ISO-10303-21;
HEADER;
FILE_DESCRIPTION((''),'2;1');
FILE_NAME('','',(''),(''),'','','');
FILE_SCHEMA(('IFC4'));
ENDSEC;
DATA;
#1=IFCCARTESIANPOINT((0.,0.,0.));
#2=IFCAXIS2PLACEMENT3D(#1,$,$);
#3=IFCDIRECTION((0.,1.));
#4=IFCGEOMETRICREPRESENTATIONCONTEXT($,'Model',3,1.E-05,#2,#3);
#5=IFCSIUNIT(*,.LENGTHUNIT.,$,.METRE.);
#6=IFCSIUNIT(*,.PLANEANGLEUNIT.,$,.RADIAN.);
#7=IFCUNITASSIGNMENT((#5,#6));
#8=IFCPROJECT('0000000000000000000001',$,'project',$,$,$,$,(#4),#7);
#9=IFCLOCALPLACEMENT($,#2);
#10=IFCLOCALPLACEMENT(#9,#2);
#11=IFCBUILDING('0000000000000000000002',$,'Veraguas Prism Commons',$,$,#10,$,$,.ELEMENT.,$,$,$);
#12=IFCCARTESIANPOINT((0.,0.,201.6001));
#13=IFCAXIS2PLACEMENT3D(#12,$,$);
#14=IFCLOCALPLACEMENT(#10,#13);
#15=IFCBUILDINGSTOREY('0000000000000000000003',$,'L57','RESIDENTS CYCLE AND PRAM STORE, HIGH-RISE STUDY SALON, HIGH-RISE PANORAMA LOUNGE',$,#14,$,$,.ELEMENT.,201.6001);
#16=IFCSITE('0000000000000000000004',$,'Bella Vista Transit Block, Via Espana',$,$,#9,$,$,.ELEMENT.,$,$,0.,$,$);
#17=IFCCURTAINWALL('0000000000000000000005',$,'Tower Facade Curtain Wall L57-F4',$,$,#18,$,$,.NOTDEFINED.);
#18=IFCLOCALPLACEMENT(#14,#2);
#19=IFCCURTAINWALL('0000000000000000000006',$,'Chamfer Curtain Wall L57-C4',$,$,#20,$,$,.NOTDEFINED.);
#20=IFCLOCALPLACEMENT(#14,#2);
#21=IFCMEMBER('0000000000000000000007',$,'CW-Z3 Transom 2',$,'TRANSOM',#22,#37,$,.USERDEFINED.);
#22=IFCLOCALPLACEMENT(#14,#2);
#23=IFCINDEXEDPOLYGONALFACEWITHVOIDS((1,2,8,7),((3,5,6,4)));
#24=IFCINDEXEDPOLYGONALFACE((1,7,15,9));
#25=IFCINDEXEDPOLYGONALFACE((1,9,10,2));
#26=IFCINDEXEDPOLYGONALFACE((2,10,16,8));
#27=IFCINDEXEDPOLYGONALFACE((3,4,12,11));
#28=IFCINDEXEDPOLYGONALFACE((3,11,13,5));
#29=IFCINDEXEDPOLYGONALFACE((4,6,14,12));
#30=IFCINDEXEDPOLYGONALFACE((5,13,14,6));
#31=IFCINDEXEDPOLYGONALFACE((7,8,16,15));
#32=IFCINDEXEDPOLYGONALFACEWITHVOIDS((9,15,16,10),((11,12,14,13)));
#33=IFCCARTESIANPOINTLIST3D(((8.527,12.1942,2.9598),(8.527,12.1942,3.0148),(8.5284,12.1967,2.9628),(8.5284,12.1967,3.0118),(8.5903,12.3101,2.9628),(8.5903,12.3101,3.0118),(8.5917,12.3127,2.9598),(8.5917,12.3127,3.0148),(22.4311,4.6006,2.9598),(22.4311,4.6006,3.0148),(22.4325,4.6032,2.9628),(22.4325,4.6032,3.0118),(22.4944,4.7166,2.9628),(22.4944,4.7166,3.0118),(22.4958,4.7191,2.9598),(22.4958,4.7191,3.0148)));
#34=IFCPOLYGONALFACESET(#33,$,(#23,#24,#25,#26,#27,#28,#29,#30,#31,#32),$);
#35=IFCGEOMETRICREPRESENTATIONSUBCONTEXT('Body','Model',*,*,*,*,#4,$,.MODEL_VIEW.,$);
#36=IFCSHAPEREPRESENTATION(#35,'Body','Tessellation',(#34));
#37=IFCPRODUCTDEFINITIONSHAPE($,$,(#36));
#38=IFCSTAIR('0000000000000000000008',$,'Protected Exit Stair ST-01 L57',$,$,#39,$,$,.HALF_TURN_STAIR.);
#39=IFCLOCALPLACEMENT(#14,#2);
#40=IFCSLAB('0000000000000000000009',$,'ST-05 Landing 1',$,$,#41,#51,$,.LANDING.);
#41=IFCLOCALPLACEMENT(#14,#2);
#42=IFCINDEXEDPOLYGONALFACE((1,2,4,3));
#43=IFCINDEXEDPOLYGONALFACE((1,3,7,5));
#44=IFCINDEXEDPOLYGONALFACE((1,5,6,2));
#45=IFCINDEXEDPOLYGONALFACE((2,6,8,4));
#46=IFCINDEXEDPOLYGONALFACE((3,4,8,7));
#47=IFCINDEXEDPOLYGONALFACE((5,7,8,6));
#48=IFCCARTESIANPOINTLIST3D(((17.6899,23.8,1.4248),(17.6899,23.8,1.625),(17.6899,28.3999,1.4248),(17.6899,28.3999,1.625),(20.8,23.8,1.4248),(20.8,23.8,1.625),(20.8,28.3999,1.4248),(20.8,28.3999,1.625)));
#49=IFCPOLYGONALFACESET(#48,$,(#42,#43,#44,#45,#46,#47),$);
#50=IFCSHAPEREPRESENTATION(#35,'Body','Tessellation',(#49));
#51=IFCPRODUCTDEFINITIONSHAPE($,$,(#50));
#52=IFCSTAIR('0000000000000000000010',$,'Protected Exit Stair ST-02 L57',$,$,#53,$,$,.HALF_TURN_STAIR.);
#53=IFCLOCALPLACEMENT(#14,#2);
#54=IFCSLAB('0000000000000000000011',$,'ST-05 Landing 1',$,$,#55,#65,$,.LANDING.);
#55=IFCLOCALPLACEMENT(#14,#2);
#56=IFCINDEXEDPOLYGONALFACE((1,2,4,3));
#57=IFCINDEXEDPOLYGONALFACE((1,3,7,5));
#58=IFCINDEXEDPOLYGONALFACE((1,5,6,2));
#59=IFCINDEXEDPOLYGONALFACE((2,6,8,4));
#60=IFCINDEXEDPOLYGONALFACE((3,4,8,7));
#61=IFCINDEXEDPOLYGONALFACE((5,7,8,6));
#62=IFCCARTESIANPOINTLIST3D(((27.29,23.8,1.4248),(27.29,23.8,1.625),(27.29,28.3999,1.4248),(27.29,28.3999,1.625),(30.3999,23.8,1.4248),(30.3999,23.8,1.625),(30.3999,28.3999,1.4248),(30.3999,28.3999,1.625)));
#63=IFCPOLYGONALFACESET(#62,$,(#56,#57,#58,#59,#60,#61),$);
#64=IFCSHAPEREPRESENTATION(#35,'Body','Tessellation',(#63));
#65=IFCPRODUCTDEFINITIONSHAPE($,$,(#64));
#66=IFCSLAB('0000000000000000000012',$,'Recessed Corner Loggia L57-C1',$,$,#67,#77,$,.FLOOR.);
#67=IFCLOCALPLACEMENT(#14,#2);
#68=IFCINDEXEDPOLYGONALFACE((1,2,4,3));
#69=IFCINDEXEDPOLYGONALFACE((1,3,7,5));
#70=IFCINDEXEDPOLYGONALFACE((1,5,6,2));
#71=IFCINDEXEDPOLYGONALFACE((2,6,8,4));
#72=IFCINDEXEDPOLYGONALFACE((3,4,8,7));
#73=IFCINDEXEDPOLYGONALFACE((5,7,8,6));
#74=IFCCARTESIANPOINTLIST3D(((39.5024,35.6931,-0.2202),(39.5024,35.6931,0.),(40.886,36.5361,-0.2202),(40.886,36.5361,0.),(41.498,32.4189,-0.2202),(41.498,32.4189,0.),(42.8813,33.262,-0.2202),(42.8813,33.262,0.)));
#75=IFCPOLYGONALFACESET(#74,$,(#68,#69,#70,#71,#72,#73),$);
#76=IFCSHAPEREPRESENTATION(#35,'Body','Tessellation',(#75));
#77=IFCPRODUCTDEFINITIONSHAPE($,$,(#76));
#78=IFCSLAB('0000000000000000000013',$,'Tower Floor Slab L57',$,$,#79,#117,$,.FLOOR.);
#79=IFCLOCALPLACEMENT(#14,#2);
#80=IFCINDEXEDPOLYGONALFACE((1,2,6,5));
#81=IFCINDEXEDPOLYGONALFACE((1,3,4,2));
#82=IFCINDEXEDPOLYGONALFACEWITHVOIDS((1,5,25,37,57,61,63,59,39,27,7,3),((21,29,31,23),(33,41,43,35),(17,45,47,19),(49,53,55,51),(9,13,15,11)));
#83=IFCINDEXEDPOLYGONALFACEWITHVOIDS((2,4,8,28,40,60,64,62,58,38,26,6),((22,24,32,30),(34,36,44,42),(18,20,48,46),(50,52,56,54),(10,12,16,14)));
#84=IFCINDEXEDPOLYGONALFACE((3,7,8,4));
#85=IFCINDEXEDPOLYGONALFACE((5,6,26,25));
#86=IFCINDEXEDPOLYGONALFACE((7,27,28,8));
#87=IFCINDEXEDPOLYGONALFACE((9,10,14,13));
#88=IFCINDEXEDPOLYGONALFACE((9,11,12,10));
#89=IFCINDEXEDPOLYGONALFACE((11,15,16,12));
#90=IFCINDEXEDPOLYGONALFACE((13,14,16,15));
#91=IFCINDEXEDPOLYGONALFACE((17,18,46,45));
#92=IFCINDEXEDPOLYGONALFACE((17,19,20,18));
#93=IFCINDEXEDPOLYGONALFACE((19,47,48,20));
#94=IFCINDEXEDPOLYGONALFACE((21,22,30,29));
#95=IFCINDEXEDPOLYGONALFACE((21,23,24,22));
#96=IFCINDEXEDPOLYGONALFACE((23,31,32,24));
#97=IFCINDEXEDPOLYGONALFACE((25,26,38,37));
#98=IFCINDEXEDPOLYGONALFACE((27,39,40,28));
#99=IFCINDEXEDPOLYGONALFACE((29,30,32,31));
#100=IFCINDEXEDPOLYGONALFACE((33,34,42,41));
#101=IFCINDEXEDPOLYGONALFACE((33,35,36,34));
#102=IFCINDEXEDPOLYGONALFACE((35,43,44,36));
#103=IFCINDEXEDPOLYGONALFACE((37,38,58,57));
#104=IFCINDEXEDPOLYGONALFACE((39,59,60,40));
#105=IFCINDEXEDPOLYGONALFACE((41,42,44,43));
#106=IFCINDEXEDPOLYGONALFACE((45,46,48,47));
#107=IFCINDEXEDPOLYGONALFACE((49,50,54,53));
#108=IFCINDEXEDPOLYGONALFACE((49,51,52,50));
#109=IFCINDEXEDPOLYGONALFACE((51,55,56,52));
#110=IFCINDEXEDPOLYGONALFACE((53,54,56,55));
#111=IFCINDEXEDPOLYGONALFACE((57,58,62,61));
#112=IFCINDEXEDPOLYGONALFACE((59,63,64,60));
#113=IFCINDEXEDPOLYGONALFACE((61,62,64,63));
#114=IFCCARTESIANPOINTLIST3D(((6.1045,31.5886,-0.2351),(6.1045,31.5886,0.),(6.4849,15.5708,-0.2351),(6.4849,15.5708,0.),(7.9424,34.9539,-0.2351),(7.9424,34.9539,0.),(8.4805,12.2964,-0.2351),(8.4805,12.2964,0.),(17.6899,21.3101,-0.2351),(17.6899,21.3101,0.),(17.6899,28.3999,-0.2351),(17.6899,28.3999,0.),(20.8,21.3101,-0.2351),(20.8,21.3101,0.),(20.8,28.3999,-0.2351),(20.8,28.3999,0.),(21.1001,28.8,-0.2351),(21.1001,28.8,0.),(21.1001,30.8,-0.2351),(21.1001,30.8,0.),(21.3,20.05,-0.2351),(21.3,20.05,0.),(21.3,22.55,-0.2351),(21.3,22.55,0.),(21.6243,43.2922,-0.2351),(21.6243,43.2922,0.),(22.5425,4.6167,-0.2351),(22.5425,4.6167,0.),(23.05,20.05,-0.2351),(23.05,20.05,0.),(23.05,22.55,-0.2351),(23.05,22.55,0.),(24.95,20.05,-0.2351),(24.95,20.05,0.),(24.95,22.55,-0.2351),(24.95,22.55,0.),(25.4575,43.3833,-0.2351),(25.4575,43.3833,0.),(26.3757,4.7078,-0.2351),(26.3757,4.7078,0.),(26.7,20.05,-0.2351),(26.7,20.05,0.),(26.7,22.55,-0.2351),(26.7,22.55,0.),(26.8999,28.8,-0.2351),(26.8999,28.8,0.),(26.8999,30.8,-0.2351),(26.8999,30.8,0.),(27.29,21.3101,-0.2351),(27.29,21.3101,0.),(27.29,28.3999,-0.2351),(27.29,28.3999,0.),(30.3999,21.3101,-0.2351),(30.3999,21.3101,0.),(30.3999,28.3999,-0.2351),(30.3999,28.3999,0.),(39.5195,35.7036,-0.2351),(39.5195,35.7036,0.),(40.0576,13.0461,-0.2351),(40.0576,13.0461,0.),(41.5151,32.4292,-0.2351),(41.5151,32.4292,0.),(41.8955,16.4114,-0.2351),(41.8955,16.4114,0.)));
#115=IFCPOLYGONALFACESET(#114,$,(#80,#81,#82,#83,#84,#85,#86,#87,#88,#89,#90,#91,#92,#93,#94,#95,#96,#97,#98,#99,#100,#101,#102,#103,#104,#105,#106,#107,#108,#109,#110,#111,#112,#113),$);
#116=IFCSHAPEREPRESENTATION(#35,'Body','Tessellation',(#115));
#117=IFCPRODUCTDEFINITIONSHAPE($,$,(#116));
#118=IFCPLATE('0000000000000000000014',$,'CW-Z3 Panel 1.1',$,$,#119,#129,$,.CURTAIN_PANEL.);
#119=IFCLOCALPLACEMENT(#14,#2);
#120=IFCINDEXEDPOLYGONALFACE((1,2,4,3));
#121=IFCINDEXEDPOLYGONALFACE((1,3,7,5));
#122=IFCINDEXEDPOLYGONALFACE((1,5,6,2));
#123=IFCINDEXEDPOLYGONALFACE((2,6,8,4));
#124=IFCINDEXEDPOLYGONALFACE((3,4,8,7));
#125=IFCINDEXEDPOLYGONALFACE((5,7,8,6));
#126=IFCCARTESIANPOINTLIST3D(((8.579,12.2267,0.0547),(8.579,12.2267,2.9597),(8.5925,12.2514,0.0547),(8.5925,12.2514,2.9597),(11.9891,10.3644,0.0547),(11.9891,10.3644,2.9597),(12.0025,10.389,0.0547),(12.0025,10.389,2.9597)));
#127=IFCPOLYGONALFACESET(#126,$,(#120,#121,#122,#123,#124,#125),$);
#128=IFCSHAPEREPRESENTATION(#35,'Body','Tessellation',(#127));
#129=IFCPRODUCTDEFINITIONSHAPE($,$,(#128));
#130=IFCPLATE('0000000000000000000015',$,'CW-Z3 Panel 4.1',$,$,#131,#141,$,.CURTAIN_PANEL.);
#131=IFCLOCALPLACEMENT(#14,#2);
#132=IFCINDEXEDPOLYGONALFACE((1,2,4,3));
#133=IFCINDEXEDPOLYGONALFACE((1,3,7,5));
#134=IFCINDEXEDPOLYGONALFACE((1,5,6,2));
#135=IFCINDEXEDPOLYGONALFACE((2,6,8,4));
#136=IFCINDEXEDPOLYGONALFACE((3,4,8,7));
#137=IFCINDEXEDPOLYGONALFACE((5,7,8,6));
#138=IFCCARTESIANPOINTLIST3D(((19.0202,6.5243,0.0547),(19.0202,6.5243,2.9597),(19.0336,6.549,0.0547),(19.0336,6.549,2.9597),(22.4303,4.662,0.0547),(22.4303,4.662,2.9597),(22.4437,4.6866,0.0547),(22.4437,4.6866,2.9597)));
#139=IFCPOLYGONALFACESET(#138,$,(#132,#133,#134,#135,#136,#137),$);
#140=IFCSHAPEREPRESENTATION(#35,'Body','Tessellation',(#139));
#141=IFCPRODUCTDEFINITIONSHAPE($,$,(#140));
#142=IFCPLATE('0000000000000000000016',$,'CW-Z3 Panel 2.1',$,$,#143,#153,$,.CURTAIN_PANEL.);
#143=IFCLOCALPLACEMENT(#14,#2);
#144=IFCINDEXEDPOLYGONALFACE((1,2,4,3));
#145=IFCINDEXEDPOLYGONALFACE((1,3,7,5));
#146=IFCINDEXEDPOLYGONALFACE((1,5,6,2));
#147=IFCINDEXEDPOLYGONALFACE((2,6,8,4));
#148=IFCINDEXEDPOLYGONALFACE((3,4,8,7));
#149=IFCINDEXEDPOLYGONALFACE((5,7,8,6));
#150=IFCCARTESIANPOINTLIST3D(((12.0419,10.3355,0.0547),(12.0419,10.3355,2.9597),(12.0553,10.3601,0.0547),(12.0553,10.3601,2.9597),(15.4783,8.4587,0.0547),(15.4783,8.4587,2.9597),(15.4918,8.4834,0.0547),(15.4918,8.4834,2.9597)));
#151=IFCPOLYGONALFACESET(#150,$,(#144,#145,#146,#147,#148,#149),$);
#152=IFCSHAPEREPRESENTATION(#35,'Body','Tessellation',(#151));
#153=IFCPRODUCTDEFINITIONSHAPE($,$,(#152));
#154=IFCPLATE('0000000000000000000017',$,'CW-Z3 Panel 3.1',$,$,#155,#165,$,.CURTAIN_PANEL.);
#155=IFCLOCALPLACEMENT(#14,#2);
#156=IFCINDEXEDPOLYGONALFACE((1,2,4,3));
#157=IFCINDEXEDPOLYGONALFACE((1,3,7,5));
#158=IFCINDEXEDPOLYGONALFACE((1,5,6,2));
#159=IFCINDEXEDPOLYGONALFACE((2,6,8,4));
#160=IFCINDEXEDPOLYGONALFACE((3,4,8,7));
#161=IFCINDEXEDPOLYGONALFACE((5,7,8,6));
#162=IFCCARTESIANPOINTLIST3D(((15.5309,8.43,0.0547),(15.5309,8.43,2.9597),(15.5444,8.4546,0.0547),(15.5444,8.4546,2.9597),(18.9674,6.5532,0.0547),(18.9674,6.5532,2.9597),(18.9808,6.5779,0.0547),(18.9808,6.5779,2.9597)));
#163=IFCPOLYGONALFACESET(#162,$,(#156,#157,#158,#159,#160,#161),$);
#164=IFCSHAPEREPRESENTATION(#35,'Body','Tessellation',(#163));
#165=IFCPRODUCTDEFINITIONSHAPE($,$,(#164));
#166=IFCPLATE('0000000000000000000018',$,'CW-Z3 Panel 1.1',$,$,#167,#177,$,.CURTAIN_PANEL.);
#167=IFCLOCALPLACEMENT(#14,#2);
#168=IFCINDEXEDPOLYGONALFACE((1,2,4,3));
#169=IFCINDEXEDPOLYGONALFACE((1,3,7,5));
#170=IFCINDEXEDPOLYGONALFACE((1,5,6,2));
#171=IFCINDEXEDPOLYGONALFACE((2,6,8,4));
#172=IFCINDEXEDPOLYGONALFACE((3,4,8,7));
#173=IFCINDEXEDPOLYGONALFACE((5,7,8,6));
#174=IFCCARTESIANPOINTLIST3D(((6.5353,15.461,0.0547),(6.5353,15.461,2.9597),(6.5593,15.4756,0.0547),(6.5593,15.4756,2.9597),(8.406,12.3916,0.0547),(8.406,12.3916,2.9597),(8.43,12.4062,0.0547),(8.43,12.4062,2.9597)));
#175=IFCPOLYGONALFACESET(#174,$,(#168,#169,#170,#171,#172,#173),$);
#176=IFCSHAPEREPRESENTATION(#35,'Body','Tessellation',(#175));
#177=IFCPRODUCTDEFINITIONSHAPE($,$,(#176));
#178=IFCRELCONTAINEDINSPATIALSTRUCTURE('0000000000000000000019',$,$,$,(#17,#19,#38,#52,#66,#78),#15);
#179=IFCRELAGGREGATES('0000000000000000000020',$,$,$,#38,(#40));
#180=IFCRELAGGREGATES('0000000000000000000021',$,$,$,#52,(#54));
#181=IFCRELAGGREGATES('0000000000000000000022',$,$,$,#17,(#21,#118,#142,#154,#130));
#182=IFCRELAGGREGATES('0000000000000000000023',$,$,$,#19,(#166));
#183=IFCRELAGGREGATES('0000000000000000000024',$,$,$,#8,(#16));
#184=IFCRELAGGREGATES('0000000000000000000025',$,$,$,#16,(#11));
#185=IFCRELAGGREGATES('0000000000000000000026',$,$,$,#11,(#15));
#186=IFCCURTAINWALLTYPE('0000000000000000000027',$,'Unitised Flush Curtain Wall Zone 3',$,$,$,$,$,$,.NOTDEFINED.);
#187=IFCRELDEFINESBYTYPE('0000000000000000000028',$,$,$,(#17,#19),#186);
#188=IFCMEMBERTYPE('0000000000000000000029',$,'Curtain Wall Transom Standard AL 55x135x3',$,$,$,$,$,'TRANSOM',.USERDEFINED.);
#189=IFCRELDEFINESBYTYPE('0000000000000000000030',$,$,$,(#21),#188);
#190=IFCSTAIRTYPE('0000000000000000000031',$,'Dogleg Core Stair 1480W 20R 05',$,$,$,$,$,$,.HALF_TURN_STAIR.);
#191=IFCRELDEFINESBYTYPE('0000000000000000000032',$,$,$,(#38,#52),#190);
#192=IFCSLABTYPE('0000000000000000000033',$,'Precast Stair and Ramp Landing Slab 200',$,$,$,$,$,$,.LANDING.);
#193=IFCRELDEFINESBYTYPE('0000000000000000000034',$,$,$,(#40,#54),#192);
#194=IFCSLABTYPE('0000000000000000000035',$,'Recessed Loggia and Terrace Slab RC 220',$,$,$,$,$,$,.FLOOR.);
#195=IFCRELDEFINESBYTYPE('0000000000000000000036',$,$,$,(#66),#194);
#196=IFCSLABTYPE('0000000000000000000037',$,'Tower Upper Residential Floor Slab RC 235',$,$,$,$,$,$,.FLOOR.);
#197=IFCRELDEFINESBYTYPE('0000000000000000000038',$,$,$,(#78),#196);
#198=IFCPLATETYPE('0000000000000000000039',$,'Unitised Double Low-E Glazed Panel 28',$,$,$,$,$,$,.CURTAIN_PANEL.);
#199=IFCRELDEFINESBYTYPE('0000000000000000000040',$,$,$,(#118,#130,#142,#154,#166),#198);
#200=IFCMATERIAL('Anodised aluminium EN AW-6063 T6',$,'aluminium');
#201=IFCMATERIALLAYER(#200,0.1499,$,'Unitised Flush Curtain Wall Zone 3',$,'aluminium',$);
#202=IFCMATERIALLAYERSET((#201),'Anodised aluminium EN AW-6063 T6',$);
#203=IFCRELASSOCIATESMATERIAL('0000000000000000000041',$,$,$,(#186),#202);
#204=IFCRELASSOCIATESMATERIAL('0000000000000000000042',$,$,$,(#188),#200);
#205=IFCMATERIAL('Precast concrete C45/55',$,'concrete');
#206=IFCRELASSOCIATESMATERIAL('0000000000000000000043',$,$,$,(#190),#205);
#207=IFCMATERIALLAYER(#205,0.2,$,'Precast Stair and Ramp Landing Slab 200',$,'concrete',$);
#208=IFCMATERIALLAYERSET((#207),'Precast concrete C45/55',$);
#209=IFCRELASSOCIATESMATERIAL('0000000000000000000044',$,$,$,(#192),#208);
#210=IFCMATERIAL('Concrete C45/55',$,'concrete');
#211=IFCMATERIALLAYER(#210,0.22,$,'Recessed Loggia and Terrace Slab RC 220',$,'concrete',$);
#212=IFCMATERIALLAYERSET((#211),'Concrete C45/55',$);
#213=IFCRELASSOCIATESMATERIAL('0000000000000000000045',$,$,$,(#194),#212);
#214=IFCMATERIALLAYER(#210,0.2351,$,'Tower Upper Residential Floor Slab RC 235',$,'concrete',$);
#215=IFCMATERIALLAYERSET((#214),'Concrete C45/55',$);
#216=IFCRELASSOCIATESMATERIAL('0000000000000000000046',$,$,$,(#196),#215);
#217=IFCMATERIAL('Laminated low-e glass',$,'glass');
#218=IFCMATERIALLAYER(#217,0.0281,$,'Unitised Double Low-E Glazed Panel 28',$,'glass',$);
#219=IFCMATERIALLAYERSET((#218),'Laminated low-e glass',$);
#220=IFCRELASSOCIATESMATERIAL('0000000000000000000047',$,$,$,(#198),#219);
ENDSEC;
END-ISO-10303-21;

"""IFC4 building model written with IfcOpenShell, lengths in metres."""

from ifc_helpers import new_model, si_unit, direction, frame, origin, origin_2d, place, context, subcontext, project, spatial, polyline, rectangle, hollow_rectangle, outline, extrude, source, transform, mapped, material, layer, layer_set, material_profile, profile_set, type_object, element, aggregate, save


model = new_model("IFC4")

# Units and contexts
model_context = context("Model", 3, precision=1e-05, world=origin(), true_north=direction((0.0, 1.0)))
body_context = subcontext(model_context, "Body", "Model", "MODEL_VIEW")
ifc_project = project(units=[si_unit("LENGTHUNIT", "METRE"), si_unit("PLANEANGLEUNIT", "RADIAN")], contexts=[model_context])

# Site, building, storey
site_placement = place(None, origin())
site = spatial("IfcSite", under=ifc_project, at=site_placement, Name="Bella Vista Transit Block, Via Espana", CompositionType="ELEMENT", RefElevation=0.0)
building_placement = place(site_placement, origin())
building = spatial("IfcBuilding", under=site, at=building_placement, Name="Veraguas Prism Commons", CompositionType="ELEMENT")
storey_placement = place(building_placement, frame((0.0, 0.0, 201.6001)))
storey = spatial("IfcBuildingStorey", under=building, at=storey_placement, Name="L57", Description="RESIDENTS CYCLE AND PRAM STORE, HIGH-RISE STUDY SALON, HIGH-RISE PANORAMA LOUNGE", CompositionType="ELEMENT", Elevation=201.6001)

# Curtain wall
ifc_material_1 = material(Name="Anodised aluminium EN AW-6063 T6", Category="aluminium")
ifc_layer_1 = layer(ifc_material_1, 0.1499, Name="Unitised Flush Curtain Wall Zone 3", Category="aluminium")
ifc_layer_set_1 = layer_set([ifc_layer_1], Name="Anodised aluminium EN AW-6063 T6")
curtain_wall_type = type_object("IfcCurtainWallType", Name="Unitised Flush Curtain Wall Zone 3", PredefinedType="NOTDEFINED", material=ifc_layer_set_1)
curtain_wall_1_placement = place(storey_placement, origin())
curtain_wall_1 = element("IfcCurtainWall", 1, at=curtain_wall_1_placement, inside=storey, type_object=curtain_wall_type, Name="Tower Facade Curtain Wall L57-F4", PredefinedType="NOTDEFINED")

# Curtain wall
curtain_wall_2_placement = place(storey_placement, origin())
curtain_wall_2 = element("IfcCurtainWall", 2, at=curtain_wall_2_placement, inside=storey, type_object=curtain_wall_type, Name="Chamfer Curtain Wall L57-C4", PredefinedType="NOTDEFINED")

# Member
ifc_material_profile_1 = material_profile(ifc_material_1, hollow_rectangle(XDim=0.0549, YDim=0.135, WallThickness=0.0029, at=origin_2d()), Name="AL55X135X3")
ifc_profile_set_1 = profile_set([ifc_material_profile_1], Name="Anodised aluminium EN AW-6063 T6")
member_type_1 = type_object("IfcMemberType", Name="Curtain Wall Transom Standard AL 55x135x3", ElementType="TRANSOM", PredefinedType="USERDEFINED", material=ifc_profile_set_1)
shared_shape_1 = source(origin(), body_context, "Body", "SweptSolid", [
    extrude(hollow_rectangle(XDim=0.0549, YDim=0.135, WallThickness=0.0029, at=origin_2d()), origin(), (0.0, 0.0, 1.0), 15.8425),
])
member_1_placement = place(storey_placement, frame((8.5593, 12.2534, 2.9873), z_axis=(0.877644, -0.479313, 0.0), x_axis=(0.0, 0.0, 1.0)))
member_1 = element("IfcMember", 3, at=member_1_placement, type_object=member_type_1, Name="CW-Z3 Transom 2", ObjectType="TRANSOM", PredefinedType="USERDEFINED", context=body_context, shape_type="MappedRepresentation", body=[
    mapped(shared_shape_1, transform((0.0, 0.0, 0.0), scale=1.0)),
])

# Stairs, slabs
ifc_material_2 = material(Name="Precast concrete C45/55", Category="concrete")
stair_type = type_object("IfcStairType", Name="Dogleg Core Stair 1480W 20R 05", PredefinedType="HALF_TURN_STAIR", material=ifc_material_2)
stair_1_placement = place(storey_placement, origin())
stair_1 = element("IfcStair", 4, at=stair_1_placement, inside=storey, type_object=stair_type, Name="Protected Exit Stair ST-01 L57", PredefinedType="HALF_TURN_STAIR")
ifc_layer_2 = layer(ifc_material_2, 0.2, Name="Precast Stair and Ramp Landing Slab 200", Category="concrete")
ifc_layer_set_2 = layer_set([ifc_layer_2], Name="Precast concrete C45/55")
slab_type_1 = type_object("IfcSlabType", Name="Precast Stair and Ramp Landing Slab 200", PredefinedType="LANDING", material=ifc_layer_set_2)
slab_1_placement = place(storey_placement, frame((0.0, 0.0, 1.4248)))
slab_1 = element("IfcSlab", 5, at=slab_1_placement, type_object=slab_type_1, Name="ST-05 Landing 1", PredefinedType="LANDING", context=body_context, shape_type="SweptSolid", body=[
    extrude(outline(polyline([(20.8, 23.8), (20.8, 28.3999), (17.6899, 28.3999), (17.6899, 23.8), (20.8, 23.8)])), origin(), (0.0, 0.0, 1.0), 0.2002),
])
aggregate(stair_1, [slab_1])
stair_2_placement = place(storey_placement, origin())
stair_2 = element("IfcStair", 6, at=stair_2_placement, inside=storey, type_object=stair_type, Name="Protected Exit Stair ST-02 L57", PredefinedType="HALF_TURN_STAIR")
slab_2_placement = place(storey_placement, frame((0.0, 0.0, 1.4248)))
slab_2 = element("IfcSlab", 7, at=slab_2_placement, type_object=slab_type_1, Name="ST-05 Landing 1", PredefinedType="LANDING", context=body_context, shape_type="SweptSolid", body=[
    extrude(outline(polyline([(30.3999, 23.8), (30.3999, 28.3999), (27.29, 28.3999), (27.29, 23.8), (30.3999, 23.8)])), origin(), (0.0, 0.0, 1.0), 0.2002),
])
aggregate(stair_2, [slab_2])

# Slabs
ifc_material_3 = material(Name="Concrete C45/55", Category="concrete")
ifc_layer_3 = layer(ifc_material_3, 0.22, Name="Recessed Loggia and Terrace Slab RC 220", Category="concrete")
ifc_layer_set_3 = layer_set([ifc_layer_3], Name="Concrete C45/55")
slab_type_2 = type_object("IfcSlabType", Name="Recessed Loggia and Terrace Slab RC 220", PredefinedType="FLOOR", material=ifc_layer_set_3)
slab_3_placement = place(storey_placement, frame((0.0, 0.0, -0.2202)))
element("IfcSlab", 8, at=slab_3_placement, inside=storey, type_object=slab_type_2, Name="Recessed Corner Loggia L57-C1", PredefinedType="FLOOR", context=body_context, shape_type="SweptSolid", body=[
    extrude(outline(polyline([(41.498, 32.4189), (42.8813, 33.262), (40.886, 36.5361), (39.5024, 35.6931), (41.498, 32.4189)])), origin(), (0.0, 0.0, 1.0), 0.2202),
])
ifc_layer_4 = layer(ifc_material_3, 0.2351, Name="Tower Upper Residential Floor Slab RC 235", Category="concrete")
ifc_layer_set_4 = layer_set([ifc_layer_4], Name="Concrete C45/55")
slab_type_3 = type_object("IfcSlabType", Name="Tower Upper Residential Floor Slab RC 235", PredefinedType="FLOOR", material=ifc_layer_set_4)
slab_4_placement = place(storey_placement, frame((0.0, 0.0, -0.2351)))
element("IfcSlab", 9, at=slab_4_placement, inside=storey, type_object=slab_type_3, Name="Tower Floor Slab L57", PredefinedType="FLOOR", context=body_context, shape_type="SweptSolid", body=[
    extrude(outline(polyline([(41.5151, 32.4292), (39.5195, 35.7036), (25.4575, 43.3833), (21.6243, 43.2922), (7.9424, 34.9539), (6.1045, 31.5886), (6.4849, 15.5708), (8.4805, 12.2964), (22.5425, 4.6167), (26.3757, 4.7078), (40.0576, 13.0461), (41.8955, 16.4114), (41.5151, 32.4292)]), holes=[polyline([(20.8, 21.3101), (20.8, 28.3999), (17.6899, 28.3999), (17.6899, 21.3101), (20.8, 21.3101)]), polyline([(30.3999, 21.3101), (30.3999, 28.3999), (27.29, 28.3999), (27.29, 21.3101), (30.3999, 21.3101)]), polyline([(21.1001, 28.8), (26.8999, 28.8), (26.8999, 30.8), (21.1001, 30.8), (21.1001, 28.8)]), polyline([(21.3, 20.05), (23.05, 20.05), (23.05, 22.55), (21.3, 22.55), (21.3, 20.05)]), polyline([(24.95, 20.05), (26.7, 20.05), (26.7, 22.55), (24.95, 22.55), (24.95, 20.05)])]), origin(), (0.0, 0.0, 1.0), 0.2351),
])

# Plates
ifc_material_4 = material(Name="Laminated low-e glass", Category="glass")
ifc_layer_5 = layer(ifc_material_4, 0.0281, Name="Unitised Double Low-E Glazed Panel 28", Category="glass")
ifc_layer_set_5 = layer_set([ifc_layer_5], Name="Laminated low-e glass")
plate_type = type_object("IfcPlateType", Name="Unitised Double Low-E Glazed Panel 28", PredefinedType="CURTAIN_PANEL", material=ifc_layer_set_5)
shared_shape_2 = source(origin(), body_context, "Body", "SweptSolid", [
    extrude(rectangle(XDim=3.8855, YDim=0.0281, at=origin_2d()), origin(), (0.0, 0.0, 1.0), 2.905),
])
plate_1_placement = place(storey_placement, frame((10.2908, 11.3079, 0.0547), z_axis=(0.0, 0.0, 1.0), x_axis=(0.877647, -0.479308, 0.0)))
plate_1 = element("IfcPlate", 10, at=plate_1_placement, type_object=plate_type, Name="CW-Z3 Panel 1.1", PredefinedType="CURTAIN_PANEL", context=body_context, shape_type="MappedRepresentation", body=[
    mapped(shared_shape_2, transform((0.0, 0.0, 0.0), scale=1.0)),
])
plate_2_placement = place(storey_placement, frame((20.7319, 5.6055, 0.0547), z_axis=(0.0, 0.0, 1.0), x_axis=(0.877647, -0.479308, 0.0)))
plate_2 = element("IfcPlate", 11, at=plate_2_placement, type_object=plate_type, Name="CW-Z3 Panel 4.1", PredefinedType="CURTAIN_PANEL", context=body_context, shape_type="MappedRepresentation", body=[
    mapped(shared_shape_2, transform((0.0, 0.0, 0.0), scale=1.0)),
])
shared_shape_3 = source(origin(), body_context, "Body", "SweptSolid", [
    extrude(rectangle(XDim=3.9155, YDim=0.0281, at=origin_2d()), origin(), (0.0, 0.0, 1.0), 2.905),
])
plate_3_placement = place(storey_placement, frame((13.7668, 9.4094, 0.0547), z_axis=(0.0, 0.0, 1.0), x_axis=(0.877647, -0.479308, 0.0)))
plate_3 = element("IfcPlate", 12, at=plate_3_placement, type_object=plate_type, Name="CW-Z3 Panel 2.1", PredefinedType="CURTAIN_PANEL", context=body_context, shape_type="MappedRepresentation", body=[
    mapped(shared_shape_3, transform((0.0, 0.0, 0.0), scale=1.0)),
])
plate_4_placement = place(storey_placement, frame((17.2559, 7.5039, 0.0547), z_axis=(0.0, 0.0, 1.0), x_axis=(0.877647, -0.479308, 0.0)))
plate_4 = element("IfcPlate", 13, at=plate_4_placement, type_object=plate_type, Name="CW-Z3 Panel 3.1", PredefinedType="CURTAIN_PANEL", context=body_context, shape_type="MappedRepresentation", body=[
    mapped(shared_shape_3, transform((0.0, 0.0, 0.0), scale=1.0)),
])
aggregate(curtain_wall_1, [member_1, plate_1, plate_3, plate_4, plate_2])
shared_shape_4 = source(origin(), body_context, "Body", "SweptSolid", [
    extrude(rectangle(XDim=3.5945, YDim=0.0281, at=origin_2d()), origin(), (0.0, 0.0, 1.0), 2.905),
])
plate_5_placement = place(storey_placement, frame((7.4827, 13.9336, 0.0547), z_axis=(0.0, 0.0, 1.0), x_axis=(0.520426, -0.853907, 0.0)))
plate_5 = element("IfcPlate", 14, at=plate_5_placement, type_object=plate_type, Name="CW-Z3 Panel 1.1", PredefinedType="CURTAIN_PANEL", context=body_context, shape_type="MappedRepresentation", body=[
    mapped(shared_shape_4, transform((0.0, 0.0, 0.0), scale=1.0)),
])
aggregate(curtain_wall_2, [plate_5])

save(model, "model.ifc")
